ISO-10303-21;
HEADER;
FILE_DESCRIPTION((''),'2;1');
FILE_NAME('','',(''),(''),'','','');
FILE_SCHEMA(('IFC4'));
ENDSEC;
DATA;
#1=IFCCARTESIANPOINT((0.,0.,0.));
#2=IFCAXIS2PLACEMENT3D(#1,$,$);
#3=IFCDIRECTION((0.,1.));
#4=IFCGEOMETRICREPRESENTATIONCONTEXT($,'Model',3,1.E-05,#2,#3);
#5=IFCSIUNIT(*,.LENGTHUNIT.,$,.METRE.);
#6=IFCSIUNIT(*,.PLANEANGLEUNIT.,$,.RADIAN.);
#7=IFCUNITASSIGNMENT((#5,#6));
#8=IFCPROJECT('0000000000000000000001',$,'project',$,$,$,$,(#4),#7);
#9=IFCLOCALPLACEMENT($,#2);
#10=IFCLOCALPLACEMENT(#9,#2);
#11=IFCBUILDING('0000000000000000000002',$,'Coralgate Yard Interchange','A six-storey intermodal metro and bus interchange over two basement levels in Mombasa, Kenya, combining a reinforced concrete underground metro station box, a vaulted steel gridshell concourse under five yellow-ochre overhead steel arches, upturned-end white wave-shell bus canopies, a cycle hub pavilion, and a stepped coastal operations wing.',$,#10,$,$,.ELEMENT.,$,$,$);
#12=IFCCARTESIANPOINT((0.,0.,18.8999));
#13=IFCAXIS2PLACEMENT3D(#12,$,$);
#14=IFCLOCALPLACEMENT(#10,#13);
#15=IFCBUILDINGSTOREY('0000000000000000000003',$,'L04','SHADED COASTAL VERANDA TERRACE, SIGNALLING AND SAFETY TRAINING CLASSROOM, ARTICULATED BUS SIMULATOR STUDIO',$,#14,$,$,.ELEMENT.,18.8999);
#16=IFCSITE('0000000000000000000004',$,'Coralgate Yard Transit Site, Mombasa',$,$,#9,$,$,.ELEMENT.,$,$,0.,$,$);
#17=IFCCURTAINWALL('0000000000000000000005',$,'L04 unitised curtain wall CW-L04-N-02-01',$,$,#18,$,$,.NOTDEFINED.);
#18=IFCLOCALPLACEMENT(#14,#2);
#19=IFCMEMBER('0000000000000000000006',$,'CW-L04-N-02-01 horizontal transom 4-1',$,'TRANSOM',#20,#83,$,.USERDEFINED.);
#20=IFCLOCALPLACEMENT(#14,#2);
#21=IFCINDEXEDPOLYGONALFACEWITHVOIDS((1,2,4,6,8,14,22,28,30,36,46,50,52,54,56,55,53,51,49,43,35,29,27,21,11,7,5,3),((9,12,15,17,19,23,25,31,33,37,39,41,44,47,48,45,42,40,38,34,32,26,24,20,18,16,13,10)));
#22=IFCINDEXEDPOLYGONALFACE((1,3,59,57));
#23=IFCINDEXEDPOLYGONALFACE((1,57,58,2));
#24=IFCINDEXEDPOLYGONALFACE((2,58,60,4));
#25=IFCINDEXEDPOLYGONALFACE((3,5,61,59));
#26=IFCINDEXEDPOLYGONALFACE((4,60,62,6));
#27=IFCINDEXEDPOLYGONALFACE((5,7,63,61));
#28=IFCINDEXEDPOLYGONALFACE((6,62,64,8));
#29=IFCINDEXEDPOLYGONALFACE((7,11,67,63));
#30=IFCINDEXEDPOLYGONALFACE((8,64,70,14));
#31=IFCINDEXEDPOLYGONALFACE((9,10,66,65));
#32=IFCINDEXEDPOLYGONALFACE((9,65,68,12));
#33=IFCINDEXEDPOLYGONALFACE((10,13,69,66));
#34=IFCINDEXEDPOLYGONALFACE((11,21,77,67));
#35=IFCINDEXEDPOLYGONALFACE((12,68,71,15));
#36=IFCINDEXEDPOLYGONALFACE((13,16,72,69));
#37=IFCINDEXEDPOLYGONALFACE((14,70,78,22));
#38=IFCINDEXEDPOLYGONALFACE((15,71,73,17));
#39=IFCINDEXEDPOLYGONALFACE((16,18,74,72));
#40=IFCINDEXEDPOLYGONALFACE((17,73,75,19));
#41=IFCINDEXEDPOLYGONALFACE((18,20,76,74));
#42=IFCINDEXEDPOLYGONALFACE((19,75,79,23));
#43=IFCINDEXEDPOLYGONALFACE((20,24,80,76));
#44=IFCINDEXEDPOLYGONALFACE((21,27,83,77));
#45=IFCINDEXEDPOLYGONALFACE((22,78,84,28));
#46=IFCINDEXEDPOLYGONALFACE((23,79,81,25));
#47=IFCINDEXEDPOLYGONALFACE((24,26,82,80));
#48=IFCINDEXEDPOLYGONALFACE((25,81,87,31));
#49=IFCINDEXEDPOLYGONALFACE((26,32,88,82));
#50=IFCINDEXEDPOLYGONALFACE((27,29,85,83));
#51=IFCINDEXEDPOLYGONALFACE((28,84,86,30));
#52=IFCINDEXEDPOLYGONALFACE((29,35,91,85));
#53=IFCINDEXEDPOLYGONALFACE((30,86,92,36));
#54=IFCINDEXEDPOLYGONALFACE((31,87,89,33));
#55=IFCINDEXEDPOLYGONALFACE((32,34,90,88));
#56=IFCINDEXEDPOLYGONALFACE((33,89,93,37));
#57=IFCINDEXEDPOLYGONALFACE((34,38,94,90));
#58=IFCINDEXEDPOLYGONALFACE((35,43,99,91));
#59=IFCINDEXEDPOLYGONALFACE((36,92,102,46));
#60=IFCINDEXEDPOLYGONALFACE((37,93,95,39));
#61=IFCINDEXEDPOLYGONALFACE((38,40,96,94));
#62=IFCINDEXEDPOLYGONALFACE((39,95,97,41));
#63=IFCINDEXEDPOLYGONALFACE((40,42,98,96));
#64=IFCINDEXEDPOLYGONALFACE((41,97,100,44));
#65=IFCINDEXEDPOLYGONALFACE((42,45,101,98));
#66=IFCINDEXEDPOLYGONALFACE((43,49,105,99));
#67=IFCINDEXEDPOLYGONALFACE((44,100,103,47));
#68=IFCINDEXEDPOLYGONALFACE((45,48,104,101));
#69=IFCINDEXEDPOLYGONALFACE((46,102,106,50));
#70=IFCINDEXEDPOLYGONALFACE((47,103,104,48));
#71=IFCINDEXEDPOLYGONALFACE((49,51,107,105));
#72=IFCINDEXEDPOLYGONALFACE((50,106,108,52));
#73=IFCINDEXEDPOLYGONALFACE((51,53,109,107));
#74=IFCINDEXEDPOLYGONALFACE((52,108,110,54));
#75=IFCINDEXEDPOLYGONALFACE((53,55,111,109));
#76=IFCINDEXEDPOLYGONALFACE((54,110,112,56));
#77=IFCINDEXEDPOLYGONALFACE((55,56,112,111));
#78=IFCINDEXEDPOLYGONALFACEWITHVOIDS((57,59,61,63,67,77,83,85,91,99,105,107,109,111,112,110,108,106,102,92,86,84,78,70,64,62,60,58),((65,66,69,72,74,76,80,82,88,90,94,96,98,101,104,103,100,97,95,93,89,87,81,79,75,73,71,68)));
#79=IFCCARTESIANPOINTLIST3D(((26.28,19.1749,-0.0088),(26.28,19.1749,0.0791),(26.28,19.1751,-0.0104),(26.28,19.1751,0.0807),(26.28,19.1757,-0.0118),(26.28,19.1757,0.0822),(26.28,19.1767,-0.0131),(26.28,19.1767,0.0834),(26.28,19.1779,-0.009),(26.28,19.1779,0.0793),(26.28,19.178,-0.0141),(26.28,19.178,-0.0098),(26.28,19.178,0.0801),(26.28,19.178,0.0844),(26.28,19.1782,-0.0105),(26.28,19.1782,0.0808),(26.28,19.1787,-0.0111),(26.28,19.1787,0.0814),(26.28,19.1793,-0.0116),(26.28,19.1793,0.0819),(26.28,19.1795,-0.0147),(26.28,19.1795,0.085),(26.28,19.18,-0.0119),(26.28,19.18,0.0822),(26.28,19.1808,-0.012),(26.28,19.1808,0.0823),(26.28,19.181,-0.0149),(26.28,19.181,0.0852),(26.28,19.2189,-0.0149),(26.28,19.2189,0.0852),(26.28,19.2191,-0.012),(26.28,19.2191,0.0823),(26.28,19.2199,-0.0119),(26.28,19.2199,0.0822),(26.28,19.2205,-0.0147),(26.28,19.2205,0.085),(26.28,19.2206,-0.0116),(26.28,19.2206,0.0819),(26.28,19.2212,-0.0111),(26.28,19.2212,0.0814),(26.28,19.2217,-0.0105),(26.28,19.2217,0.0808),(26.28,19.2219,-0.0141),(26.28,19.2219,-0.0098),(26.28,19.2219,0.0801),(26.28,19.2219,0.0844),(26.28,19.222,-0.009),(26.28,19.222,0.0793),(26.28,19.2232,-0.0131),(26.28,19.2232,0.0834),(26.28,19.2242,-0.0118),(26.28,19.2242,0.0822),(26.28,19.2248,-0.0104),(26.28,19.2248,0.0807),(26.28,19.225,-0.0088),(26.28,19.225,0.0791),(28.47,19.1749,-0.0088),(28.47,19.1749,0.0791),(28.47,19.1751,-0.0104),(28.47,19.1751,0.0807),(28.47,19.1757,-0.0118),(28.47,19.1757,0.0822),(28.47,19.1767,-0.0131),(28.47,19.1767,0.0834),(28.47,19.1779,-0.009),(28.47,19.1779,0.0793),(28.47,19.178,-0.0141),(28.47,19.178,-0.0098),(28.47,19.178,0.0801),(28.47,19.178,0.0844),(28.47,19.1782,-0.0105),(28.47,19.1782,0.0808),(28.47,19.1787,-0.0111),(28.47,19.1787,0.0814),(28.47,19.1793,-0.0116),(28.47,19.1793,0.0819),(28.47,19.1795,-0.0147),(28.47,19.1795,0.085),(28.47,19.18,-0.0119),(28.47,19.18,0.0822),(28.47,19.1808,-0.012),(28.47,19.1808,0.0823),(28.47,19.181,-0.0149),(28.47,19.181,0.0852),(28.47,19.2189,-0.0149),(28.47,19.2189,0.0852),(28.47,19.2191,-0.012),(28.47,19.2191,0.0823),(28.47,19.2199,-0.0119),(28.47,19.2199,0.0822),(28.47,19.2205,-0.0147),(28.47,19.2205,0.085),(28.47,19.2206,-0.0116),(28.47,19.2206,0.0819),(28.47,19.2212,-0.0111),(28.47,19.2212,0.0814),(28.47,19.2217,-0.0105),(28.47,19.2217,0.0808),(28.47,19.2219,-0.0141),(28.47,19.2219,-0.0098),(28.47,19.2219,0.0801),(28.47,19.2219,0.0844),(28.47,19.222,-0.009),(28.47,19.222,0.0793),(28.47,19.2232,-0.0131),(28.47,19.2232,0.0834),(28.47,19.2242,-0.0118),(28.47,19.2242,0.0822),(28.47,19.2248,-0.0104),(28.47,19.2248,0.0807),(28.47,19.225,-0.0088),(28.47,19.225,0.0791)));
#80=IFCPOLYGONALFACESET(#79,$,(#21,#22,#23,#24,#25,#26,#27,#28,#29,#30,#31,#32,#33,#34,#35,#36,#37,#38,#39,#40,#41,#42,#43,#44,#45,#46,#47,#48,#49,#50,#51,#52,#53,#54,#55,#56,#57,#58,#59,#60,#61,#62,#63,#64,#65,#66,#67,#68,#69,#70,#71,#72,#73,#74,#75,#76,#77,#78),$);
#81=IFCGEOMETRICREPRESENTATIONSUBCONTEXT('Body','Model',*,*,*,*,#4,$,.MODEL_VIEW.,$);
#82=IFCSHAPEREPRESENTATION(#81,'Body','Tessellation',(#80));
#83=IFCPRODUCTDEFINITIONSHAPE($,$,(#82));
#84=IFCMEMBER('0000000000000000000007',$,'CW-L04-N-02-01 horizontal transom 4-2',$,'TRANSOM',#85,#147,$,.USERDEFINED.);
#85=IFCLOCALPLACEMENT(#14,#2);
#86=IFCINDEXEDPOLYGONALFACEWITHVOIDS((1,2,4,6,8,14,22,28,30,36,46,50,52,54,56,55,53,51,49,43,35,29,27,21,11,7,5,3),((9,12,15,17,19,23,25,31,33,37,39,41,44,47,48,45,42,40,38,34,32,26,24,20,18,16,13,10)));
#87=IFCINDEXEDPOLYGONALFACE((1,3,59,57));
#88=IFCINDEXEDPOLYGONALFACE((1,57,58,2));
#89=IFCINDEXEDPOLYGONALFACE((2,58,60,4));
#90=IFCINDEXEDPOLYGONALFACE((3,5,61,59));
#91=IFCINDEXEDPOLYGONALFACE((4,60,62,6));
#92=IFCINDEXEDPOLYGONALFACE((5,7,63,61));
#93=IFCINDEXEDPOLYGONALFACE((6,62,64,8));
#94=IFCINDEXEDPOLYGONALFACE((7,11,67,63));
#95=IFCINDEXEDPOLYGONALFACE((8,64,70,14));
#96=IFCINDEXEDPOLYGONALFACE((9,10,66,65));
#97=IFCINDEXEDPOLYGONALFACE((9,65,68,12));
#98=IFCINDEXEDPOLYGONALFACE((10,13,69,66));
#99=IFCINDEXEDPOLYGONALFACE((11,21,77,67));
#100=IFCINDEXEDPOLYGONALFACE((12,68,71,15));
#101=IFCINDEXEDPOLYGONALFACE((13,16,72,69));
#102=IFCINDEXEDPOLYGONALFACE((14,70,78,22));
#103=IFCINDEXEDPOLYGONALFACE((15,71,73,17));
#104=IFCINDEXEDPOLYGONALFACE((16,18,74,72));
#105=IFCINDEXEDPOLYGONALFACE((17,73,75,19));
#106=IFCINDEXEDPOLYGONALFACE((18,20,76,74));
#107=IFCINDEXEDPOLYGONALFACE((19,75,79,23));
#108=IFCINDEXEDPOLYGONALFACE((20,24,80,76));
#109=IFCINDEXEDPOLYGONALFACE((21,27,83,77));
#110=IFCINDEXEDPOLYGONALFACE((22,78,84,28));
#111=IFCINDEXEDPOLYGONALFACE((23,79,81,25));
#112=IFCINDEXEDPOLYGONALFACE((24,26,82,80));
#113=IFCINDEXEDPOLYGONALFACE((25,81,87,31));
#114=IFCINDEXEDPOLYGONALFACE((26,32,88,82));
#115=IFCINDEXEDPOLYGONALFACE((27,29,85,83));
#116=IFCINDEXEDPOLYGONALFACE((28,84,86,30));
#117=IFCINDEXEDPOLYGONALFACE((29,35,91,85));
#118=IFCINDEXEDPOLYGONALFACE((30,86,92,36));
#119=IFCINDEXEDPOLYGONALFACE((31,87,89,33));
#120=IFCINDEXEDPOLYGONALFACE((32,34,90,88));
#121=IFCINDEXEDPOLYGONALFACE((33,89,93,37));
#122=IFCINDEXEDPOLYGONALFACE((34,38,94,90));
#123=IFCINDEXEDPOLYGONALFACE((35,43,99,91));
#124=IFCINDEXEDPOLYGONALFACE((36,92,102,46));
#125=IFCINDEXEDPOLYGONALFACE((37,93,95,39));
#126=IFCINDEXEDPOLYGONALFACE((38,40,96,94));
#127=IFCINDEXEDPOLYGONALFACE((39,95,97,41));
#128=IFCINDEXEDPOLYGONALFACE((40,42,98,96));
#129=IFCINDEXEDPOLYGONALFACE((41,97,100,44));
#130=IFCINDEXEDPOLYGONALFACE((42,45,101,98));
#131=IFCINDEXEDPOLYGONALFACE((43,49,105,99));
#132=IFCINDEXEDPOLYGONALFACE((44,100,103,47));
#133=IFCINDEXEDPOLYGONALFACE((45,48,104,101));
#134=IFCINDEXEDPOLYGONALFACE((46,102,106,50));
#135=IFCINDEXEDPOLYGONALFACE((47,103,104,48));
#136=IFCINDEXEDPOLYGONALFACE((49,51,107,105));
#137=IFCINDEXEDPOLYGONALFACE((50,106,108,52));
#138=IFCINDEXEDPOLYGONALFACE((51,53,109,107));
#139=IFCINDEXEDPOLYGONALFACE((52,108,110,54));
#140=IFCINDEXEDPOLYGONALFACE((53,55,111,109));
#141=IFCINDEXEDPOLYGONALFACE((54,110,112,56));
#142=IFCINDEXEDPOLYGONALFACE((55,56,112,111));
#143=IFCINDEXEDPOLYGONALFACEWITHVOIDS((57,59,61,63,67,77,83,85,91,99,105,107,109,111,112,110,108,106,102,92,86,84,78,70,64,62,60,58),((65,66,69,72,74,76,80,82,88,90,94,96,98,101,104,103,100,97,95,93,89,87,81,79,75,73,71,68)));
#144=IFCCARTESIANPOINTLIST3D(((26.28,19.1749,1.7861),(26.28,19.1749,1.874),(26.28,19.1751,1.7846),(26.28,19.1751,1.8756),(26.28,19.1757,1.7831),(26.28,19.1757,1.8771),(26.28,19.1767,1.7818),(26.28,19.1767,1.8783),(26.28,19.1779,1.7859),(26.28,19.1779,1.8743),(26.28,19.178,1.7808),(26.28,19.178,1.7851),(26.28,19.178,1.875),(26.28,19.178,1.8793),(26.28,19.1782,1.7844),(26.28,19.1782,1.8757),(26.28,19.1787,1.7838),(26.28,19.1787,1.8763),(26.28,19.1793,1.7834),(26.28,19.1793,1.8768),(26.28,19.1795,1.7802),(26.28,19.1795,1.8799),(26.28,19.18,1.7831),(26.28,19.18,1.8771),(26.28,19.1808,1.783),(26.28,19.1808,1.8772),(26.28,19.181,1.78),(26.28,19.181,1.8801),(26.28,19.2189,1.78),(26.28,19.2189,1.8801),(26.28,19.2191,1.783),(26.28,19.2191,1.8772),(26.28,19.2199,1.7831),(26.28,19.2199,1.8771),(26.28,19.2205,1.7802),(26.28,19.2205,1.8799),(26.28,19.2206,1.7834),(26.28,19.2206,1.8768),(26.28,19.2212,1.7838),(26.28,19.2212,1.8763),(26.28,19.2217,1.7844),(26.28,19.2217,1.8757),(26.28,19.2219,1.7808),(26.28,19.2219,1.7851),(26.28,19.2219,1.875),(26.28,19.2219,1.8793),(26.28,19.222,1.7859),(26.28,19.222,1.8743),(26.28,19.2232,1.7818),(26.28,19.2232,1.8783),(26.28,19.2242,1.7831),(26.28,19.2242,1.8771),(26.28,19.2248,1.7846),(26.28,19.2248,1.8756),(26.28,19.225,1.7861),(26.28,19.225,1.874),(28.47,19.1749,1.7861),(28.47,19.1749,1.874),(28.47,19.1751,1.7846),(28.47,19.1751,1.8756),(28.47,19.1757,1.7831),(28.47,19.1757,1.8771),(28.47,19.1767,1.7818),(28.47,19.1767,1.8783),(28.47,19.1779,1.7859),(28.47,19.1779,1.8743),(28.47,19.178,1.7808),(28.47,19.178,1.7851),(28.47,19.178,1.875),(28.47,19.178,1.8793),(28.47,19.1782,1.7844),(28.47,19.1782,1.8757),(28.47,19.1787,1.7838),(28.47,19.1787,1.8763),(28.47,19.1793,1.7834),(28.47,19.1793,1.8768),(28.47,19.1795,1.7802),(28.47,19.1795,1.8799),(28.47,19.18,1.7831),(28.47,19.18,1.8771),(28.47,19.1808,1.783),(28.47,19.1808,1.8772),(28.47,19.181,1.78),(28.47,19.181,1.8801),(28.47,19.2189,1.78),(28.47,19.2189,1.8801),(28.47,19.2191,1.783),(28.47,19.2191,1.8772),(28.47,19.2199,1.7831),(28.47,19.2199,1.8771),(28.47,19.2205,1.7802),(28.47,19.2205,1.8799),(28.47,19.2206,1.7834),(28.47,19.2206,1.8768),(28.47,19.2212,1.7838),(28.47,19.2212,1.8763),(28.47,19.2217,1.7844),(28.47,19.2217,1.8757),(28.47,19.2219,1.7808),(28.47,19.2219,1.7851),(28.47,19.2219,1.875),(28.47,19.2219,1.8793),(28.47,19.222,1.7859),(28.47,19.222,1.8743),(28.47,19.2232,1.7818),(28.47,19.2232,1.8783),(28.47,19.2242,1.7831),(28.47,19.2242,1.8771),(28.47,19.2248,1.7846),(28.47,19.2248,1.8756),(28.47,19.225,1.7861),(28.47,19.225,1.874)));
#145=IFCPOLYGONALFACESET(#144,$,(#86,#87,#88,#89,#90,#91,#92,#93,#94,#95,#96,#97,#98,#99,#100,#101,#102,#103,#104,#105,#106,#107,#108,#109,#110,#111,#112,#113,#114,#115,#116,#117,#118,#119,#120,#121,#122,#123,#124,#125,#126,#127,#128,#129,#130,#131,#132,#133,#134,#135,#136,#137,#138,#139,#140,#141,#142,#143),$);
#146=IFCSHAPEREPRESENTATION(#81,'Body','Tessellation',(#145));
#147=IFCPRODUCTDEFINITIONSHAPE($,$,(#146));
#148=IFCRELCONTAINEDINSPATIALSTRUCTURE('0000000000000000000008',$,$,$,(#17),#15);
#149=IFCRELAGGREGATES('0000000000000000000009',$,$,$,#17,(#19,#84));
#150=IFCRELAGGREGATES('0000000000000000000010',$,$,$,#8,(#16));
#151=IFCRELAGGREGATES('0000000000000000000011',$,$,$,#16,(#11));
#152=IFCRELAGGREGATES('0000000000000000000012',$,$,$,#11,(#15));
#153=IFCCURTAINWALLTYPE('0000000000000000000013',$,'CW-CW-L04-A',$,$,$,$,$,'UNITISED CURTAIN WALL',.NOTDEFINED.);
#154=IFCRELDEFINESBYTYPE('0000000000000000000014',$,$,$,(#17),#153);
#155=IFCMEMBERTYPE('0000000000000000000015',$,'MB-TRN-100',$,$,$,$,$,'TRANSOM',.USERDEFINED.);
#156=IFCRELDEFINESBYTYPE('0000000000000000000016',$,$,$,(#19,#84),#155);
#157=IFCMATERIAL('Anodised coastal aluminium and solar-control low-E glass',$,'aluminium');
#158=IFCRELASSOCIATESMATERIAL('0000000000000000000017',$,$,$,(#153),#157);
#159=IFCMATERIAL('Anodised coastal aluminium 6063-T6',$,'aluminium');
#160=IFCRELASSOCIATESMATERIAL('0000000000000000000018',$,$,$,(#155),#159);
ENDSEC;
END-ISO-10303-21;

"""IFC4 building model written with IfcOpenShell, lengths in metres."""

from ifc_helpers import new_model, si_unit, direction, frame, origin, origin_2d, place, context, subcontext, project, spatial, hollow_rectangle, extrude, material, material_profile, profile_set, type_object, element, aggregate, save


model = new_model("IFC4")

# Units and contexts
model_context = context("Model", 3, precision=1e-05, world=origin(), true_north=direction((0.0, 1.0)))
body_context = subcontext(model_context, "Body", "Model", "MODEL_VIEW")
ifc_project = project(units=[si_unit("LENGTHUNIT", "METRE"), si_unit("PLANEANGLEUNIT", "RADIAN")], contexts=[model_context])

# Site, building, storey
site_placement = place(None, origin())
site = spatial("IfcSite", under=ifc_project, at=site_placement, Name="Coralgate Yard Transit Site, Mombasa", CompositionType="ELEMENT", RefElevation=0.0)
building_placement = place(site_placement, origin())
building = spatial("IfcBuilding", under=site, at=building_placement, Name="Coralgate Yard Interchange", Description="A six-storey intermodal metro and bus interchange over two basement levels in Mombasa, Kenya, combining a reinforced concrete underground metro station box, a vaulted steel gridshell concourse under five yellow-ochre overhead steel arches, upturned-end white wave-shell bus canopies, a cycle hub pavilion, and a stepped coastal operations wing.", CompositionType="ELEMENT")
storey_placement = place(building_placement, frame((0.0, 0.0, 18.8999)))
storey = spatial("IfcBuildingStorey", under=building, at=storey_placement, Name="L04", Description="SHADED COASTAL VERANDA TERRACE, SIGNALLING AND SAFETY TRAINING CLASSROOM, ARTICULATED BUS SIMULATOR STUDIO", CompositionType="ELEMENT", Elevation=18.8999)

# Curtain wall, members
ifc_material_1 = material(Name="Anodised coastal aluminium and solar-control low-E glass", Category="aluminium")
curtain_wall_type = type_object("IfcCurtainWallType", Name="CW-CW-L04-A", ElementType="UNITISED CURTAIN WALL", PredefinedType="NOTDEFINED", material=ifc_material_1)
curtain_wall_placement = place(storey_placement, origin())
curtain_wall = element("IfcCurtainWall", 1, at=curtain_wall_placement, inside=storey, type_object=curtain_wall_type, Name="L04 unitised curtain wall CW-L04-N-02-01", PredefinedType="NOTDEFINED")
ifc_material_2 = material(Name="Anodised coastal aluminium 6063-T6", Category="aluminium")
ifc_material_profile_1 = material_profile(ifc_material_2, hollow_rectangle(XDim=0.05, YDim=0.1001, WallThickness=0.0029, InnerFilletRadius=0.0029, OuterFilletRadius=0.0061, at=origin_2d()), Name="ALU 50x100x3")
ifc_profile_set_1 = profile_set([ifc_material_profile_1], Name="Anodised coastal aluminium 6063-T6")
member_type_1 = type_object("IfcMemberType", Name="MB-TRN-100", ElementType="TRANSOM", PredefinedType="USERDEFINED", material=ifc_profile_set_1)
member_1_placement = place(storey_placement, frame((26.28, 19.2, 0.0352), z_axis=(1.0, 0.0, 0.0), x_axis=(0.0, 1.0, 0.0)))
member_1 = element("IfcMember", 2, at=member_1_placement, type_object=member_type_1, Name="CW-L04-N-02-01 horizontal transom 4-1", ObjectType="TRANSOM", PredefinedType="USERDEFINED", context=body_context, shape_type="SweptSolid", body=[
    extrude(hollow_rectangle(XDim=0.05, YDim=0.1001, WallThickness=0.0029, InnerFilletRadius=0.0029, OuterFilletRadius=0.0061, at=origin_2d()), origin(), (0.0, 0.0, 1.0), 2.1899),
])
member_2_placement = place(storey_placement, frame((26.28, 19.2, 1.8301), z_axis=(1.0, 0.0, 0.0), x_axis=(0.0, 1.0, 0.0)))
member_2 = element("IfcMember", 3, at=member_2_placement, type_object=member_type_1, Name="CW-L04-N-02-01 horizontal transom 4-2", ObjectType="TRANSOM", PredefinedType="USERDEFINED", context=body_context, shape_type="SweptSolid", body=[
    extrude(hollow_rectangle(XDim=0.05, YDim=0.1001, WallThickness=0.0029, InnerFilletRadius=0.0029, OuterFilletRadius=0.0061, at=origin_2d()), origin(), (0.0, 0.0, 1.0), 2.1899),
])
aggregate(curtain_wall, [member_1, member_2])

save(model, "model.ifc")
